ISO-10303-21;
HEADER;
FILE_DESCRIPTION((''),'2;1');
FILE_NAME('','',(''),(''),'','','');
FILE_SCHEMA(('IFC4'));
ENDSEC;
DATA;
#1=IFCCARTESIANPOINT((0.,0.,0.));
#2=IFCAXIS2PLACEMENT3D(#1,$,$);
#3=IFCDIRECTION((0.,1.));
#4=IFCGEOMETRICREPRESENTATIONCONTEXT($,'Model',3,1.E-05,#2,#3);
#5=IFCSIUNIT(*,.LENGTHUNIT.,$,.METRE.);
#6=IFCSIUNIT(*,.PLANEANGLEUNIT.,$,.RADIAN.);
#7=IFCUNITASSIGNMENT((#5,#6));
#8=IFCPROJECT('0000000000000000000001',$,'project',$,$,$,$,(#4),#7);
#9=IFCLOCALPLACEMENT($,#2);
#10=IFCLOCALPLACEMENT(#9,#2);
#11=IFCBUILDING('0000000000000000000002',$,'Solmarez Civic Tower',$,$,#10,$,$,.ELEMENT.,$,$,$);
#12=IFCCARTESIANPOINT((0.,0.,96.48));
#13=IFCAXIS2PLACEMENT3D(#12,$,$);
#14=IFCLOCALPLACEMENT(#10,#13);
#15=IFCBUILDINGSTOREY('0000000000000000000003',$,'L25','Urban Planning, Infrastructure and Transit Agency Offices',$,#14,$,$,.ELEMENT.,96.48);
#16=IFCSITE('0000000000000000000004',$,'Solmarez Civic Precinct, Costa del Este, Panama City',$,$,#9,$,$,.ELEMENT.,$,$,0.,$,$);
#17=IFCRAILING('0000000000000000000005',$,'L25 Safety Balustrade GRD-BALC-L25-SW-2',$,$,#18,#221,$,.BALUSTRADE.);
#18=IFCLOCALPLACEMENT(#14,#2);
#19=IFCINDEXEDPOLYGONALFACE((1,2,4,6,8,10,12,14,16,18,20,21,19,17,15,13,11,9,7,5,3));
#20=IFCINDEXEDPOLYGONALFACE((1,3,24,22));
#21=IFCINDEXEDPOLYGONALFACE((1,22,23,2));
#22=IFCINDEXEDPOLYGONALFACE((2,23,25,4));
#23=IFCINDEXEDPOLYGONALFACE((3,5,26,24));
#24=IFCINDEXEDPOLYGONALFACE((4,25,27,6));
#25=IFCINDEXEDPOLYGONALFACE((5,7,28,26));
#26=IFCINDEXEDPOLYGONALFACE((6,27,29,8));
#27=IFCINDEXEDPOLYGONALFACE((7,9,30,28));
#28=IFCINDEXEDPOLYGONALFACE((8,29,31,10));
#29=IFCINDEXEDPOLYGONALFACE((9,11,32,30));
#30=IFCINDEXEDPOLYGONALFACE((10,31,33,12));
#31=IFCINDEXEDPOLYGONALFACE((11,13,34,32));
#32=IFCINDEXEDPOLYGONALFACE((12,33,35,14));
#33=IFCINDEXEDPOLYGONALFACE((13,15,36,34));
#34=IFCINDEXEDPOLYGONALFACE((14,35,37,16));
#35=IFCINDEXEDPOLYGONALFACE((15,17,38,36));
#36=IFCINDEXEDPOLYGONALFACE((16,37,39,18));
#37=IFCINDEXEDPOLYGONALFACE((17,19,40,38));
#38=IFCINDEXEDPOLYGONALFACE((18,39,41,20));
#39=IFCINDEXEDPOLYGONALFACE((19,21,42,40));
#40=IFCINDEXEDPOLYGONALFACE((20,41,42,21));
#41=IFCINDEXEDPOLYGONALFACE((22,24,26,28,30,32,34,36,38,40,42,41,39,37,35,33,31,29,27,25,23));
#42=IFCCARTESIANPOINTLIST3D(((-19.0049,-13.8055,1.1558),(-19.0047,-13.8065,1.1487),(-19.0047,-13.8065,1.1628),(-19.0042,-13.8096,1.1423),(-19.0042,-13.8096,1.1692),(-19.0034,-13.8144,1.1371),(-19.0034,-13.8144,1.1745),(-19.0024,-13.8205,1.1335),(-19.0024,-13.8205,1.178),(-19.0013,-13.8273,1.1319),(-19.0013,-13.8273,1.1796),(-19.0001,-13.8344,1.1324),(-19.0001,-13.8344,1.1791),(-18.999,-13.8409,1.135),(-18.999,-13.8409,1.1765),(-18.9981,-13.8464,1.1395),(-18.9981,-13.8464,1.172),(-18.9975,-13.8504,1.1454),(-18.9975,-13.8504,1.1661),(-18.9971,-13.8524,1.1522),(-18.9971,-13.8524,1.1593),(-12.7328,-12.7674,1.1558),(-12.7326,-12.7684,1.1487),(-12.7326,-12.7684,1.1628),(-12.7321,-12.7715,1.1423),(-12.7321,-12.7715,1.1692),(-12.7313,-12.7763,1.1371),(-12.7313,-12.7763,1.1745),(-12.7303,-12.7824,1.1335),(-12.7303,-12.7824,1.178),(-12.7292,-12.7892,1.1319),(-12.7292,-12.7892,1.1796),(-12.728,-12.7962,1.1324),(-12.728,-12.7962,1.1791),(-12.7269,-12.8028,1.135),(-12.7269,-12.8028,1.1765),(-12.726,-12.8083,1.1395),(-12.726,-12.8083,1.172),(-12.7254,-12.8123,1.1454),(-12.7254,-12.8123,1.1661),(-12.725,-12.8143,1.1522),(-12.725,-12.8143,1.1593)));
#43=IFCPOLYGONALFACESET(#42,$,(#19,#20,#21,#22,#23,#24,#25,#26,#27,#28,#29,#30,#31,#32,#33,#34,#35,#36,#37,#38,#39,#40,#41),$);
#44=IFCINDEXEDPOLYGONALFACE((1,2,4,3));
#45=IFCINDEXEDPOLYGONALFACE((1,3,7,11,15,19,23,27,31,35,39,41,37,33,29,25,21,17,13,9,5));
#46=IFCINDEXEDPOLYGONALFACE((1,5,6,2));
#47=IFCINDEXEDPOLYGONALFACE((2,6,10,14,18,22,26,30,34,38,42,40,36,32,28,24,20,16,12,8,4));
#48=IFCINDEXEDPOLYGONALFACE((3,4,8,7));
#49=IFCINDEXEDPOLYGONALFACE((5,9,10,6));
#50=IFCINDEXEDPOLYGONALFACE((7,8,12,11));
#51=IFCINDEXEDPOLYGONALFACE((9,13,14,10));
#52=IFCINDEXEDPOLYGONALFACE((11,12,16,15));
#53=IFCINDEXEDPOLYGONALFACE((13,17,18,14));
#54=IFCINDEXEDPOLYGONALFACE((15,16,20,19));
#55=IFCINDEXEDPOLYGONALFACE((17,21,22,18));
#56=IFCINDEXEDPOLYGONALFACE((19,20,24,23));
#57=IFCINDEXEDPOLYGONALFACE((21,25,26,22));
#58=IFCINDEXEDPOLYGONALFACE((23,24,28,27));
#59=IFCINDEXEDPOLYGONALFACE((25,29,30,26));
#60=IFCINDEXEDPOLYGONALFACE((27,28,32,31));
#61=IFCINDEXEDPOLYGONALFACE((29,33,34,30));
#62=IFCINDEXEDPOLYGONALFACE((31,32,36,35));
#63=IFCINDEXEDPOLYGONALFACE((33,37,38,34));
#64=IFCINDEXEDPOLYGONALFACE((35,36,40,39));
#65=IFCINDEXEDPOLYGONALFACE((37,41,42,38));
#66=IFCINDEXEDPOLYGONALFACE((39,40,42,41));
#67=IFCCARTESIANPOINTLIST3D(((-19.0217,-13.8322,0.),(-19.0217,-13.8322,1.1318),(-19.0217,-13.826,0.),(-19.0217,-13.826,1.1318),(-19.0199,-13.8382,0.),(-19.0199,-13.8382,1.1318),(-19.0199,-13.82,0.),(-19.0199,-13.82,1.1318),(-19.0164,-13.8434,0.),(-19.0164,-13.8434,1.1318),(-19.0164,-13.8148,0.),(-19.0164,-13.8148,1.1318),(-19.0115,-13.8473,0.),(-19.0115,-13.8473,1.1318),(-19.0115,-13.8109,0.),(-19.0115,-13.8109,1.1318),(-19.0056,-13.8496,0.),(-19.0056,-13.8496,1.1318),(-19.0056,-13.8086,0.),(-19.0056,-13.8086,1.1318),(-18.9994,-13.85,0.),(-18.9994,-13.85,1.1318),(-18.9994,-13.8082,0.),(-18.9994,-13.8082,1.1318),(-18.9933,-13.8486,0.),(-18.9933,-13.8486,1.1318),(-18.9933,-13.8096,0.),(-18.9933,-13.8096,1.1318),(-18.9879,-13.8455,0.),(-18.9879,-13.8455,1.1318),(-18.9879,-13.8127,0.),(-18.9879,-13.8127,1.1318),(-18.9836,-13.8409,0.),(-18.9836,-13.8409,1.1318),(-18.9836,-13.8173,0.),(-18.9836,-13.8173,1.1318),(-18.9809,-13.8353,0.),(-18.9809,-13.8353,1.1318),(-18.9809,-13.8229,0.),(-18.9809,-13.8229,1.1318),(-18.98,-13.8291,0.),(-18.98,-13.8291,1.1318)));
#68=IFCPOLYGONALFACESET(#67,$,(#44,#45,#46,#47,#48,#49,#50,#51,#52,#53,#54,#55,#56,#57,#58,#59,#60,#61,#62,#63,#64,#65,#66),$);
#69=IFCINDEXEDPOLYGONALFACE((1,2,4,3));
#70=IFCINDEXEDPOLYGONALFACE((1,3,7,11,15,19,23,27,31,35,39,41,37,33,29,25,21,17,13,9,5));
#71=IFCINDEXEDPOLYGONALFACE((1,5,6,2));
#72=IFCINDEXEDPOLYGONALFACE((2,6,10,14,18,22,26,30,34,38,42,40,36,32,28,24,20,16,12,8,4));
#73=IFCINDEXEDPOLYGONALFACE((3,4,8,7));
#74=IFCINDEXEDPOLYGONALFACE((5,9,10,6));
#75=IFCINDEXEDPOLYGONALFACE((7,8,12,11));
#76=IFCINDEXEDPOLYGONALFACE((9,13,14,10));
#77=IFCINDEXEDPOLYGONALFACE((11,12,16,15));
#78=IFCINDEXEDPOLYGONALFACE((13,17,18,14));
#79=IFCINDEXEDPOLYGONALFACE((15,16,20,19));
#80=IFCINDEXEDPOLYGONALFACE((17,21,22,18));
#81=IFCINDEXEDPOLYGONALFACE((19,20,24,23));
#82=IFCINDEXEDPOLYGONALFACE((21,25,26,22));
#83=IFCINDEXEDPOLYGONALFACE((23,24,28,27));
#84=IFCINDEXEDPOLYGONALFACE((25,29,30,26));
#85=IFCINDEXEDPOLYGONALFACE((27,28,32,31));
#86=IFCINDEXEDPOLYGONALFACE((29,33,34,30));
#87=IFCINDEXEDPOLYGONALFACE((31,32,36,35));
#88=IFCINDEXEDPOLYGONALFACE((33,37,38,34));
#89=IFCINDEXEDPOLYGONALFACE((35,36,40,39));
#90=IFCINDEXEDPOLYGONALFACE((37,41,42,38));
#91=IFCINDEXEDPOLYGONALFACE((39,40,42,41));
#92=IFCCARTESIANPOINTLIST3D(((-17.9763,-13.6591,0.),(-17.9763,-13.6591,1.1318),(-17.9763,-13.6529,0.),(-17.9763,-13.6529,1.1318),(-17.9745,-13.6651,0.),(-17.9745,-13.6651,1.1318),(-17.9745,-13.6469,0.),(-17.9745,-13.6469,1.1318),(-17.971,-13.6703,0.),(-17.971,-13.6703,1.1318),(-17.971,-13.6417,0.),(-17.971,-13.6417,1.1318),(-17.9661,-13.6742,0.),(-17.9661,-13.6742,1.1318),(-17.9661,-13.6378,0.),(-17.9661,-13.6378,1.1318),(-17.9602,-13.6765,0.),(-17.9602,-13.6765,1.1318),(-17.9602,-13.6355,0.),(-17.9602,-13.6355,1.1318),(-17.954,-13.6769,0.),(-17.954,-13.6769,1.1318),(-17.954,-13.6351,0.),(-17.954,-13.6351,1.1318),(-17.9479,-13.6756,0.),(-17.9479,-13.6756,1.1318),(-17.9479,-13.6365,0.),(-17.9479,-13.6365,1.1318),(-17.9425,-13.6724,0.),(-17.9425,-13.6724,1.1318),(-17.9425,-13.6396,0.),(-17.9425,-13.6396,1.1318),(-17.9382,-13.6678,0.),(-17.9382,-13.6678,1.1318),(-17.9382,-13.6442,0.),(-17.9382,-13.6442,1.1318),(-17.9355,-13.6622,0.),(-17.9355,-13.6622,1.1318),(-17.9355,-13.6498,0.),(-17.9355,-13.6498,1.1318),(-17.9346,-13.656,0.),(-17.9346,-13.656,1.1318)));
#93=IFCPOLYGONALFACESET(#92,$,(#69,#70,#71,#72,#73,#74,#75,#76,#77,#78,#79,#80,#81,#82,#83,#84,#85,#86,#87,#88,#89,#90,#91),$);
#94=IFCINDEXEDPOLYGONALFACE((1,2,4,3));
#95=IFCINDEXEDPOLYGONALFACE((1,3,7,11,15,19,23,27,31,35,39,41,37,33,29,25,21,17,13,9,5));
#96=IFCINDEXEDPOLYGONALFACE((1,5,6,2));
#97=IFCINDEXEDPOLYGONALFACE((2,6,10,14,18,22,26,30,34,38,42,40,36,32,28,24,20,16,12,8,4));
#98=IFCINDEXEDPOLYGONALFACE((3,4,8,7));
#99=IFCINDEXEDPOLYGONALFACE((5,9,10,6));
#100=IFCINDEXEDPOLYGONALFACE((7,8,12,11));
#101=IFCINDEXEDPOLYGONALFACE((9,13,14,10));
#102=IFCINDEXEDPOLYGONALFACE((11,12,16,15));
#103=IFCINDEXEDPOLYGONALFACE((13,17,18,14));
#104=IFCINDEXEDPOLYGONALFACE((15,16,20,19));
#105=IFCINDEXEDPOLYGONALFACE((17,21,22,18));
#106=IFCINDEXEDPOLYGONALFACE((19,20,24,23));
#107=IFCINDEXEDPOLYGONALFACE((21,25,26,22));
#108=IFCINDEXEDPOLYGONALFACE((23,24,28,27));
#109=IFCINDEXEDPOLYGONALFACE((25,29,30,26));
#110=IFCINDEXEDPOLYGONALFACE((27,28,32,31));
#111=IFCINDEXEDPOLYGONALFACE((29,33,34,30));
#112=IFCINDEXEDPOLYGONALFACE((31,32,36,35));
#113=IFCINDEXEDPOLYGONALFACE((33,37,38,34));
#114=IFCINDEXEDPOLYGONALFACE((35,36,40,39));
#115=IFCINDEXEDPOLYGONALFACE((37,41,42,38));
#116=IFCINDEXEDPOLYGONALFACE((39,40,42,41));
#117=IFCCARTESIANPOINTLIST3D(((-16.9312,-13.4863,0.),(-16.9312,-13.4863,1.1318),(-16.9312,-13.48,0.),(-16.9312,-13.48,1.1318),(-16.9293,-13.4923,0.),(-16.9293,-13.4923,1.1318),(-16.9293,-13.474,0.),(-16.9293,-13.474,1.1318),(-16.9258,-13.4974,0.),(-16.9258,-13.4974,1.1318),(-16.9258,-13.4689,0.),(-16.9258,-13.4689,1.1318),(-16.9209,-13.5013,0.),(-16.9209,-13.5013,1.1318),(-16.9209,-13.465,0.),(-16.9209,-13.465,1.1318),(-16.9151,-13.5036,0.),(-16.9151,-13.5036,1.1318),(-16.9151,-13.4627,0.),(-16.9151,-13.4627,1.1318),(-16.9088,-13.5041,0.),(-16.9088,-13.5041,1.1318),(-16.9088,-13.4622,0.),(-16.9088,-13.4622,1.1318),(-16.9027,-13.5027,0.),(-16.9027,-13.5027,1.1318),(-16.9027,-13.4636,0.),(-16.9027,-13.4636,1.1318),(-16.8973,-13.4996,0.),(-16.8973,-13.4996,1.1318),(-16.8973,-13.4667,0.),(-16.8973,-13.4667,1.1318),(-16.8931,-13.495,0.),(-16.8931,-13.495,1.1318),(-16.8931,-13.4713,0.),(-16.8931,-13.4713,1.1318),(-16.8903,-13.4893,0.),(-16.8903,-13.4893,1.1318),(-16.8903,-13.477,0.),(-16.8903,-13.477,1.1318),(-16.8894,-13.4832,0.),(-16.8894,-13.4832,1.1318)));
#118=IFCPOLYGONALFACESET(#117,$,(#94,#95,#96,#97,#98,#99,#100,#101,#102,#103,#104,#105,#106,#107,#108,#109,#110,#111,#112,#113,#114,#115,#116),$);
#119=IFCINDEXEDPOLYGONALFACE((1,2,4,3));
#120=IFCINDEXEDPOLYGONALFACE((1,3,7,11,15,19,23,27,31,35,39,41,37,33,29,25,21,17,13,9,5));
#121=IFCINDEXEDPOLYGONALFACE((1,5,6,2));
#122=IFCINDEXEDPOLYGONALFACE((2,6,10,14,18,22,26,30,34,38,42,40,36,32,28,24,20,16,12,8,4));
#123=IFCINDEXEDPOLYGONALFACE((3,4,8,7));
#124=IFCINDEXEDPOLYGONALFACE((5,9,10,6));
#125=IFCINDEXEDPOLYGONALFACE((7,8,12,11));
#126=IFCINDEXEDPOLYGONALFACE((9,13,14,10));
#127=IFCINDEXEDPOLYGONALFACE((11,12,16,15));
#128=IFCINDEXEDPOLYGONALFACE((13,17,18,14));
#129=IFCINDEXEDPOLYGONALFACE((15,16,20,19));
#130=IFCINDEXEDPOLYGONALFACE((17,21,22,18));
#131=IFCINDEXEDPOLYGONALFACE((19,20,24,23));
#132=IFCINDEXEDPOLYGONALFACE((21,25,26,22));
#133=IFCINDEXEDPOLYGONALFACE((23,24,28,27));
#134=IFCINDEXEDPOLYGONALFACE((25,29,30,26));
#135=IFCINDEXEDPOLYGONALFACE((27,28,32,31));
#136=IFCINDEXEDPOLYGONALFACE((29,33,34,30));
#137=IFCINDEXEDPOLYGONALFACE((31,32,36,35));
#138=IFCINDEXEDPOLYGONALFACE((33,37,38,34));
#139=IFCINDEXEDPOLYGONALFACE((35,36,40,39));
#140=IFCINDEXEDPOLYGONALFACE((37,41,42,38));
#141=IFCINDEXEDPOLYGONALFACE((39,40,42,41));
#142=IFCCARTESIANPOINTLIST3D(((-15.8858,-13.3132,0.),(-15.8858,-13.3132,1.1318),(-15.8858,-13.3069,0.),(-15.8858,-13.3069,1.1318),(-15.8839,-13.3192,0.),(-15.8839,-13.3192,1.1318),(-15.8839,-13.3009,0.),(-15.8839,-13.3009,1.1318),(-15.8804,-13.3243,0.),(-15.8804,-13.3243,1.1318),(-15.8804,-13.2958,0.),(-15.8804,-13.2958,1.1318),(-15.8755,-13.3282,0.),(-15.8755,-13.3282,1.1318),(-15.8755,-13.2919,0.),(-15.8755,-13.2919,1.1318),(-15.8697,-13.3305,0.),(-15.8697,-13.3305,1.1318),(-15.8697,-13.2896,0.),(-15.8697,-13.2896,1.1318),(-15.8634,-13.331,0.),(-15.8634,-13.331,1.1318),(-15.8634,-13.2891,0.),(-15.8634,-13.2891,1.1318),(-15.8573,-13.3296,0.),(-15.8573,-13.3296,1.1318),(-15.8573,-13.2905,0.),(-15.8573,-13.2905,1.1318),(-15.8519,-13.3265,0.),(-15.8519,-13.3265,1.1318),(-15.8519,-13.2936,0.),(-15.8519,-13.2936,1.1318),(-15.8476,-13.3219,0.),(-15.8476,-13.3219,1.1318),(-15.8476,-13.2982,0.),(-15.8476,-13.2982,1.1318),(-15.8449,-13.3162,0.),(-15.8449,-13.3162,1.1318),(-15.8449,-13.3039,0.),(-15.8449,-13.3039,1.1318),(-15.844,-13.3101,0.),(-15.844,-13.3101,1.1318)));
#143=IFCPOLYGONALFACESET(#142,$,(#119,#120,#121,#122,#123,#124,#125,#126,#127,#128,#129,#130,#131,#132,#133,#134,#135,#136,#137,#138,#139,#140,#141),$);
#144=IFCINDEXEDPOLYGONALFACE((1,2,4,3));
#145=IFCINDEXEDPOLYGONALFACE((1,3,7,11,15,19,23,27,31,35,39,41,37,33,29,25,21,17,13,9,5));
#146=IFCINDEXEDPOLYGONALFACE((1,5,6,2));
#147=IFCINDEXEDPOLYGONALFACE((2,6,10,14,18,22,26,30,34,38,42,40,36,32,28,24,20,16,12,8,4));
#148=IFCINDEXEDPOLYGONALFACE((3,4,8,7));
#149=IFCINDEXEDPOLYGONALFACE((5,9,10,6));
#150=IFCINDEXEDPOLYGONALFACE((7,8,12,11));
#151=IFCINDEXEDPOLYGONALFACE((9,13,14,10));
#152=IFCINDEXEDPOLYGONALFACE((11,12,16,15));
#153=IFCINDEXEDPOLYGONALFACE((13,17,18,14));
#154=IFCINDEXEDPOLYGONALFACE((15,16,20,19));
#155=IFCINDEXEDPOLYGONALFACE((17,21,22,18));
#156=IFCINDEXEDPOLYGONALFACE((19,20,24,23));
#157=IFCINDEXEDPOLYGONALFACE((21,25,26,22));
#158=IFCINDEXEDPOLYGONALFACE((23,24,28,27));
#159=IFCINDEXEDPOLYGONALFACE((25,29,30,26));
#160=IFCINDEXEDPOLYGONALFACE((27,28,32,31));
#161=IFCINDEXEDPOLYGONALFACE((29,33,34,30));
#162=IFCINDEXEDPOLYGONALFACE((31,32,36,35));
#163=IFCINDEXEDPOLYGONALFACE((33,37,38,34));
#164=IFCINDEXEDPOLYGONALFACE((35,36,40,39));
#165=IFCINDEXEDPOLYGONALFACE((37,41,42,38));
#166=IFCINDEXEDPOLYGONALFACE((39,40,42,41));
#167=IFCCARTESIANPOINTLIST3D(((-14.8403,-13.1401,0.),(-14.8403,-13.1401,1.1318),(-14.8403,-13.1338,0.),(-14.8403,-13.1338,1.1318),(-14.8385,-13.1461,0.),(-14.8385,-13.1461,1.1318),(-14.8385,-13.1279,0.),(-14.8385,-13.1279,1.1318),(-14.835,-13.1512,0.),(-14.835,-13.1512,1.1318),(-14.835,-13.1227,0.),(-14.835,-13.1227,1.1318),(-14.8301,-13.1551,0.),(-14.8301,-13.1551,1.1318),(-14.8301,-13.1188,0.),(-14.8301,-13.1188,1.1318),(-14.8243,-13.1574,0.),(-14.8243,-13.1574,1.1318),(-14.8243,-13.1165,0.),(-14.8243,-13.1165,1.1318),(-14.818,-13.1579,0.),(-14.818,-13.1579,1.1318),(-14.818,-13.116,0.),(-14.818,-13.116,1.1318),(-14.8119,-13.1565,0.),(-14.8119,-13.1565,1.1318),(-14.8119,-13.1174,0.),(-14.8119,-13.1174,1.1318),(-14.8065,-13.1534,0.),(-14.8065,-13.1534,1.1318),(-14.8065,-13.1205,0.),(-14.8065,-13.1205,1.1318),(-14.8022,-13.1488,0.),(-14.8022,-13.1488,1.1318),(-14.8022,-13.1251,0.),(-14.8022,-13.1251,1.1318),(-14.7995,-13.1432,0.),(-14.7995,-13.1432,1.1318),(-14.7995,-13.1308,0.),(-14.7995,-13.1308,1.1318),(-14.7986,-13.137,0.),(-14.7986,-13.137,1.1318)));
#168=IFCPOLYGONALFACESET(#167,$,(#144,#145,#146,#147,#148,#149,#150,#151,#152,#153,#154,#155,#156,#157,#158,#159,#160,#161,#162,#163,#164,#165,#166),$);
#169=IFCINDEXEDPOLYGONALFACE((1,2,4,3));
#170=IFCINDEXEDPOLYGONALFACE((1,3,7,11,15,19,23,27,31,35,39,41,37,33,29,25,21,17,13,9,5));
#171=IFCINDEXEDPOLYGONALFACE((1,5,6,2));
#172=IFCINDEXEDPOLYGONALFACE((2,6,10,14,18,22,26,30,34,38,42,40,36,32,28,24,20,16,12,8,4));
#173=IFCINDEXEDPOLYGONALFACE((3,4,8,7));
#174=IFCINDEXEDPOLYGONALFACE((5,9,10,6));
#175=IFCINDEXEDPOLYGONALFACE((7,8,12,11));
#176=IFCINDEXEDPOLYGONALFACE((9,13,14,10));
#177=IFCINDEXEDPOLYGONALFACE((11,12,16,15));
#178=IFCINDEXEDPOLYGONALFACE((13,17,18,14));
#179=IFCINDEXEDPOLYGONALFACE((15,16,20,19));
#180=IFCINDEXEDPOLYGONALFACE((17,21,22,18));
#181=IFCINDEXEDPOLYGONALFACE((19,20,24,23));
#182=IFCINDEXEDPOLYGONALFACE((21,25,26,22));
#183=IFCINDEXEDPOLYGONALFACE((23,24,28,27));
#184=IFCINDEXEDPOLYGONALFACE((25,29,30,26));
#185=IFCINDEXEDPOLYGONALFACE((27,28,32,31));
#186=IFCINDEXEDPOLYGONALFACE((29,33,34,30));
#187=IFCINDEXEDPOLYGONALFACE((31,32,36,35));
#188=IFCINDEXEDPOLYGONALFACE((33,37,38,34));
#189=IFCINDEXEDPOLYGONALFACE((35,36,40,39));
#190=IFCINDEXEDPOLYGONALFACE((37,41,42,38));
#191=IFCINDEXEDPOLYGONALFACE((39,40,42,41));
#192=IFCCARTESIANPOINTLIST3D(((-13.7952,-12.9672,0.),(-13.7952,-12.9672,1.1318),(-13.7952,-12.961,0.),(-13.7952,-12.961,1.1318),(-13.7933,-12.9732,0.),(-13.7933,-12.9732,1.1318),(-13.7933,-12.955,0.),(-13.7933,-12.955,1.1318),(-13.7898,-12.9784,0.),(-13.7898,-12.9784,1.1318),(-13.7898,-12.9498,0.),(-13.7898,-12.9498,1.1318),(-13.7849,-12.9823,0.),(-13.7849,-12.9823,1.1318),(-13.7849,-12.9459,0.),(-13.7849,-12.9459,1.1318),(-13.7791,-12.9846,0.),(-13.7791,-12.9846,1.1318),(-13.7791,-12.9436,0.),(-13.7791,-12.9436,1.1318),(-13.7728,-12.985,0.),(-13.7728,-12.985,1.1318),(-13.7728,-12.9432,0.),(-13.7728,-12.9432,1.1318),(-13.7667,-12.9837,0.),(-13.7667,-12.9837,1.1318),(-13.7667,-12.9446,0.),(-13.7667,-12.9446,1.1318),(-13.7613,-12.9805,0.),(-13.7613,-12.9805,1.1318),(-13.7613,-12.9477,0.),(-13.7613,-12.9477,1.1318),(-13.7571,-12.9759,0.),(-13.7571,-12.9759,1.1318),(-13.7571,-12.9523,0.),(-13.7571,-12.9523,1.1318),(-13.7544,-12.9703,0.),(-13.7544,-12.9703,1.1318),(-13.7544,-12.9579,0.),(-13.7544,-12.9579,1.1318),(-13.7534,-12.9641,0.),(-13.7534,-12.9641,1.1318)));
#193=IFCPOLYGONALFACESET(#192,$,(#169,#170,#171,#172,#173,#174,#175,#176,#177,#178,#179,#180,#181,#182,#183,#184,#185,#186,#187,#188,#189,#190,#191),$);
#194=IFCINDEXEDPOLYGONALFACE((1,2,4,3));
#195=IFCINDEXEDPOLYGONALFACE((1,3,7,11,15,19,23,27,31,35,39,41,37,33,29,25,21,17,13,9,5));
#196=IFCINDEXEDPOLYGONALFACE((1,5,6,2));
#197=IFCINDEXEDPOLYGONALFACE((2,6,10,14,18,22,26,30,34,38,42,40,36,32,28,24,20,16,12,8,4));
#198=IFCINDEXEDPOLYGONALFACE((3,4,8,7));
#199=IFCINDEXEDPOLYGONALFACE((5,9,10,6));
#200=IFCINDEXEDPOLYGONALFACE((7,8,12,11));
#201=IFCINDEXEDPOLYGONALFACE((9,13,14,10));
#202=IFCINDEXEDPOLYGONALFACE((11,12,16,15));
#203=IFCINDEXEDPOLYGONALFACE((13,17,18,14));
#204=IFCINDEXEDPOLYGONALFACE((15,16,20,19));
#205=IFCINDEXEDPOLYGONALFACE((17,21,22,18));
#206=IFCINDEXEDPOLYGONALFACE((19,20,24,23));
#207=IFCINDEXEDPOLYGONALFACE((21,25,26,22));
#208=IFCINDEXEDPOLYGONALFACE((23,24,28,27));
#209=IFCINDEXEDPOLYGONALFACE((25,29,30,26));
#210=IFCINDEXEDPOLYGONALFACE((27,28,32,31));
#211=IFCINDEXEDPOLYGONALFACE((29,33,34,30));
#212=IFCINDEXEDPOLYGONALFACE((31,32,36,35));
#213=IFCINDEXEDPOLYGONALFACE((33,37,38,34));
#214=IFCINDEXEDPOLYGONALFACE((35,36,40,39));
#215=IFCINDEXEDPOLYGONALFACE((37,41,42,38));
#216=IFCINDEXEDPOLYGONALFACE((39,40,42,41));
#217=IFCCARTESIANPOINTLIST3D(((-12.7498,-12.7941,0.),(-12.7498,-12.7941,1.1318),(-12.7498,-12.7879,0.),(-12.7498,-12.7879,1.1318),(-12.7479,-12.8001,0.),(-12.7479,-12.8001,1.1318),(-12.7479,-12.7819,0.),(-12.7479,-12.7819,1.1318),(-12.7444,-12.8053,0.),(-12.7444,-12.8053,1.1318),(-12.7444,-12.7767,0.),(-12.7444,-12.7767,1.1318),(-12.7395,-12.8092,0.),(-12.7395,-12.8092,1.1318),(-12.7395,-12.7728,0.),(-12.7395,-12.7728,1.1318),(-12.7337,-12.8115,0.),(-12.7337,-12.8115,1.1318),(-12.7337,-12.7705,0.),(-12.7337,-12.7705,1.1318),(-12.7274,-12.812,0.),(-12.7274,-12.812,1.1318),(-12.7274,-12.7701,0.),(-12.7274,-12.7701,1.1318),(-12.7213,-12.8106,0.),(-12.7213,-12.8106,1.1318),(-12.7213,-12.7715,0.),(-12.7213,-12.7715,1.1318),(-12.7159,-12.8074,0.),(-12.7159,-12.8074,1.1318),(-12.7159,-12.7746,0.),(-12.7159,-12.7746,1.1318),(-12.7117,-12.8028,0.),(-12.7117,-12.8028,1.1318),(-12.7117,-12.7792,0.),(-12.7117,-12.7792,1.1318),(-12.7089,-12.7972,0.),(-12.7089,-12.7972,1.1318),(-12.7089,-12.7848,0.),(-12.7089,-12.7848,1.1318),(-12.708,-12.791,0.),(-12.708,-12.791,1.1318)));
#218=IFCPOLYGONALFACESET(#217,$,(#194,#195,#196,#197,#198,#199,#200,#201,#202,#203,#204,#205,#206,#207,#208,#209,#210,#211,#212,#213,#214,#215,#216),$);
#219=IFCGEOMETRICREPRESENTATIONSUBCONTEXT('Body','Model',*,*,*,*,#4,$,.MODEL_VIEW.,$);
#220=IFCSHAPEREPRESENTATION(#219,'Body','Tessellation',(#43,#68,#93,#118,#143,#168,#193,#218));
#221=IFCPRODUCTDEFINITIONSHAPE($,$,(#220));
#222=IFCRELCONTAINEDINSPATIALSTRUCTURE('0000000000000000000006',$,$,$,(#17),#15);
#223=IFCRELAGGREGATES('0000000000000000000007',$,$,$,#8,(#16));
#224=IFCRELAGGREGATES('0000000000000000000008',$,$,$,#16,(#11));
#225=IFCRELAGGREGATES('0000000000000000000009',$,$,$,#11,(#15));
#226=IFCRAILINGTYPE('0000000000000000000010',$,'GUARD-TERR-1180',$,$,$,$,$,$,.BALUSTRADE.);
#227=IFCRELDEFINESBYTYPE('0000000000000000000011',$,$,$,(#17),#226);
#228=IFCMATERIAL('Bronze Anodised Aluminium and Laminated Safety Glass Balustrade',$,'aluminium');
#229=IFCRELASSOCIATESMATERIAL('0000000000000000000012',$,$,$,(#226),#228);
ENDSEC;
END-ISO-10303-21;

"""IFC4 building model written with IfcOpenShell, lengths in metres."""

from ifc_helpers import new_model, si_unit, direction, frame, origin, origin_2d, place, context, subcontext, project, spatial, circle, extrude, material, type_object, element, save


model = new_model("IFC4")

# Units and contexts
model_context = context("Model", 3, precision=1e-05, world=origin(), true_north=direction((0.0, 1.0)))
body_context = subcontext(model_context, "Body", "Model", "MODEL_VIEW")
ifc_project = project(units=[si_unit("LENGTHUNIT", "METRE"), si_unit("PLANEANGLEUNIT", "RADIAN")], contexts=[model_context])

# Site, building, storey
site_placement = place(None, origin())
site = spatial("IfcSite", under=ifc_project, at=site_placement, Name="Solmarez Civic Precinct, Costa del Este, Panama City", CompositionType="ELEMENT", RefElevation=0.0)
building_placement = place(site_placement, origin())
building = spatial("IfcBuilding", under=site, at=building_placement, Name="Solmarez Civic Tower", CompositionType="ELEMENT")
storey_placement = place(building_placement, frame((0.0, 0.0, 96.48)))
storey = spatial("IfcBuildingStorey", under=building, at=storey_placement, Name="L25", Description="Urban Planning, Infrastructure and Transit Agency Offices", CompositionType="ELEMENT", Elevation=96.48)

# Railing
ifc_material_1 = material(Name="Bronze Anodised Aluminium and Laminated Safety Glass Balustrade", Category="aluminium")
railing_type = type_object("IfcRailingType", Name="GUARD-TERR-1180", PredefinedType="BALUSTRADE", material=ifc_material_1)
railing_1_placement = place(storey_placement, frame((-19.001, -13.8291, 0.0)))
element("IfcRailing", 1, at=railing_1_placement, inside=storey, type_object=railing_type, Name="L25 Safety Balustrade GRD-BALC-L25-SW-2", PredefinedType="BALUSTRADE", context=body_context, shape_type="SweptSolid", body=[
    extrude(circle(Radius=0.0239, at=origin_2d()), frame((0.0, 0.0, 1.1558), z_axis=(0.986578, 0.16329, 0.0), x_axis=(-0.16329, 0.986578, 0.0)), (0.0, 0.0, 1.0), 6.3574),
    extrude(circle(Radius=0.021, at=origin_2d()), origin(), (0.0, 0.0, 1.0), 1.1318),
    extrude(circle(Radius=0.021, at=origin_2d()), frame((1.0454, 0.1731, 0.0)), (0.0, 0.0, 1.0), 1.1318),
    extrude(circle(Radius=0.021, at=origin_2d()), frame((2.0906, 0.3459, 0.0)), (0.0, 0.0, 1.0), 1.1318),
    extrude(circle(Radius=0.021, at=origin_2d()), frame((3.136, 0.519, 0.0)), (0.0, 0.0, 1.0), 1.1318),
    extrude(circle(Radius=0.021, at=origin_2d()), frame((4.1814, 0.6921, 0.0)), (0.0, 0.0, 1.0), 1.1318),
    extrude(circle(Radius=0.021, at=origin_2d()), frame((5.2266, 0.865, 0.0)), (0.0, 0.0, 1.0), 1.1318),
    extrude(circle(Radius=0.021, at=origin_2d()), frame((6.272, 1.0381, 0.0)), (0.0, 0.0, 1.0), 1.1318),
])

save(model, "model.ifc")
